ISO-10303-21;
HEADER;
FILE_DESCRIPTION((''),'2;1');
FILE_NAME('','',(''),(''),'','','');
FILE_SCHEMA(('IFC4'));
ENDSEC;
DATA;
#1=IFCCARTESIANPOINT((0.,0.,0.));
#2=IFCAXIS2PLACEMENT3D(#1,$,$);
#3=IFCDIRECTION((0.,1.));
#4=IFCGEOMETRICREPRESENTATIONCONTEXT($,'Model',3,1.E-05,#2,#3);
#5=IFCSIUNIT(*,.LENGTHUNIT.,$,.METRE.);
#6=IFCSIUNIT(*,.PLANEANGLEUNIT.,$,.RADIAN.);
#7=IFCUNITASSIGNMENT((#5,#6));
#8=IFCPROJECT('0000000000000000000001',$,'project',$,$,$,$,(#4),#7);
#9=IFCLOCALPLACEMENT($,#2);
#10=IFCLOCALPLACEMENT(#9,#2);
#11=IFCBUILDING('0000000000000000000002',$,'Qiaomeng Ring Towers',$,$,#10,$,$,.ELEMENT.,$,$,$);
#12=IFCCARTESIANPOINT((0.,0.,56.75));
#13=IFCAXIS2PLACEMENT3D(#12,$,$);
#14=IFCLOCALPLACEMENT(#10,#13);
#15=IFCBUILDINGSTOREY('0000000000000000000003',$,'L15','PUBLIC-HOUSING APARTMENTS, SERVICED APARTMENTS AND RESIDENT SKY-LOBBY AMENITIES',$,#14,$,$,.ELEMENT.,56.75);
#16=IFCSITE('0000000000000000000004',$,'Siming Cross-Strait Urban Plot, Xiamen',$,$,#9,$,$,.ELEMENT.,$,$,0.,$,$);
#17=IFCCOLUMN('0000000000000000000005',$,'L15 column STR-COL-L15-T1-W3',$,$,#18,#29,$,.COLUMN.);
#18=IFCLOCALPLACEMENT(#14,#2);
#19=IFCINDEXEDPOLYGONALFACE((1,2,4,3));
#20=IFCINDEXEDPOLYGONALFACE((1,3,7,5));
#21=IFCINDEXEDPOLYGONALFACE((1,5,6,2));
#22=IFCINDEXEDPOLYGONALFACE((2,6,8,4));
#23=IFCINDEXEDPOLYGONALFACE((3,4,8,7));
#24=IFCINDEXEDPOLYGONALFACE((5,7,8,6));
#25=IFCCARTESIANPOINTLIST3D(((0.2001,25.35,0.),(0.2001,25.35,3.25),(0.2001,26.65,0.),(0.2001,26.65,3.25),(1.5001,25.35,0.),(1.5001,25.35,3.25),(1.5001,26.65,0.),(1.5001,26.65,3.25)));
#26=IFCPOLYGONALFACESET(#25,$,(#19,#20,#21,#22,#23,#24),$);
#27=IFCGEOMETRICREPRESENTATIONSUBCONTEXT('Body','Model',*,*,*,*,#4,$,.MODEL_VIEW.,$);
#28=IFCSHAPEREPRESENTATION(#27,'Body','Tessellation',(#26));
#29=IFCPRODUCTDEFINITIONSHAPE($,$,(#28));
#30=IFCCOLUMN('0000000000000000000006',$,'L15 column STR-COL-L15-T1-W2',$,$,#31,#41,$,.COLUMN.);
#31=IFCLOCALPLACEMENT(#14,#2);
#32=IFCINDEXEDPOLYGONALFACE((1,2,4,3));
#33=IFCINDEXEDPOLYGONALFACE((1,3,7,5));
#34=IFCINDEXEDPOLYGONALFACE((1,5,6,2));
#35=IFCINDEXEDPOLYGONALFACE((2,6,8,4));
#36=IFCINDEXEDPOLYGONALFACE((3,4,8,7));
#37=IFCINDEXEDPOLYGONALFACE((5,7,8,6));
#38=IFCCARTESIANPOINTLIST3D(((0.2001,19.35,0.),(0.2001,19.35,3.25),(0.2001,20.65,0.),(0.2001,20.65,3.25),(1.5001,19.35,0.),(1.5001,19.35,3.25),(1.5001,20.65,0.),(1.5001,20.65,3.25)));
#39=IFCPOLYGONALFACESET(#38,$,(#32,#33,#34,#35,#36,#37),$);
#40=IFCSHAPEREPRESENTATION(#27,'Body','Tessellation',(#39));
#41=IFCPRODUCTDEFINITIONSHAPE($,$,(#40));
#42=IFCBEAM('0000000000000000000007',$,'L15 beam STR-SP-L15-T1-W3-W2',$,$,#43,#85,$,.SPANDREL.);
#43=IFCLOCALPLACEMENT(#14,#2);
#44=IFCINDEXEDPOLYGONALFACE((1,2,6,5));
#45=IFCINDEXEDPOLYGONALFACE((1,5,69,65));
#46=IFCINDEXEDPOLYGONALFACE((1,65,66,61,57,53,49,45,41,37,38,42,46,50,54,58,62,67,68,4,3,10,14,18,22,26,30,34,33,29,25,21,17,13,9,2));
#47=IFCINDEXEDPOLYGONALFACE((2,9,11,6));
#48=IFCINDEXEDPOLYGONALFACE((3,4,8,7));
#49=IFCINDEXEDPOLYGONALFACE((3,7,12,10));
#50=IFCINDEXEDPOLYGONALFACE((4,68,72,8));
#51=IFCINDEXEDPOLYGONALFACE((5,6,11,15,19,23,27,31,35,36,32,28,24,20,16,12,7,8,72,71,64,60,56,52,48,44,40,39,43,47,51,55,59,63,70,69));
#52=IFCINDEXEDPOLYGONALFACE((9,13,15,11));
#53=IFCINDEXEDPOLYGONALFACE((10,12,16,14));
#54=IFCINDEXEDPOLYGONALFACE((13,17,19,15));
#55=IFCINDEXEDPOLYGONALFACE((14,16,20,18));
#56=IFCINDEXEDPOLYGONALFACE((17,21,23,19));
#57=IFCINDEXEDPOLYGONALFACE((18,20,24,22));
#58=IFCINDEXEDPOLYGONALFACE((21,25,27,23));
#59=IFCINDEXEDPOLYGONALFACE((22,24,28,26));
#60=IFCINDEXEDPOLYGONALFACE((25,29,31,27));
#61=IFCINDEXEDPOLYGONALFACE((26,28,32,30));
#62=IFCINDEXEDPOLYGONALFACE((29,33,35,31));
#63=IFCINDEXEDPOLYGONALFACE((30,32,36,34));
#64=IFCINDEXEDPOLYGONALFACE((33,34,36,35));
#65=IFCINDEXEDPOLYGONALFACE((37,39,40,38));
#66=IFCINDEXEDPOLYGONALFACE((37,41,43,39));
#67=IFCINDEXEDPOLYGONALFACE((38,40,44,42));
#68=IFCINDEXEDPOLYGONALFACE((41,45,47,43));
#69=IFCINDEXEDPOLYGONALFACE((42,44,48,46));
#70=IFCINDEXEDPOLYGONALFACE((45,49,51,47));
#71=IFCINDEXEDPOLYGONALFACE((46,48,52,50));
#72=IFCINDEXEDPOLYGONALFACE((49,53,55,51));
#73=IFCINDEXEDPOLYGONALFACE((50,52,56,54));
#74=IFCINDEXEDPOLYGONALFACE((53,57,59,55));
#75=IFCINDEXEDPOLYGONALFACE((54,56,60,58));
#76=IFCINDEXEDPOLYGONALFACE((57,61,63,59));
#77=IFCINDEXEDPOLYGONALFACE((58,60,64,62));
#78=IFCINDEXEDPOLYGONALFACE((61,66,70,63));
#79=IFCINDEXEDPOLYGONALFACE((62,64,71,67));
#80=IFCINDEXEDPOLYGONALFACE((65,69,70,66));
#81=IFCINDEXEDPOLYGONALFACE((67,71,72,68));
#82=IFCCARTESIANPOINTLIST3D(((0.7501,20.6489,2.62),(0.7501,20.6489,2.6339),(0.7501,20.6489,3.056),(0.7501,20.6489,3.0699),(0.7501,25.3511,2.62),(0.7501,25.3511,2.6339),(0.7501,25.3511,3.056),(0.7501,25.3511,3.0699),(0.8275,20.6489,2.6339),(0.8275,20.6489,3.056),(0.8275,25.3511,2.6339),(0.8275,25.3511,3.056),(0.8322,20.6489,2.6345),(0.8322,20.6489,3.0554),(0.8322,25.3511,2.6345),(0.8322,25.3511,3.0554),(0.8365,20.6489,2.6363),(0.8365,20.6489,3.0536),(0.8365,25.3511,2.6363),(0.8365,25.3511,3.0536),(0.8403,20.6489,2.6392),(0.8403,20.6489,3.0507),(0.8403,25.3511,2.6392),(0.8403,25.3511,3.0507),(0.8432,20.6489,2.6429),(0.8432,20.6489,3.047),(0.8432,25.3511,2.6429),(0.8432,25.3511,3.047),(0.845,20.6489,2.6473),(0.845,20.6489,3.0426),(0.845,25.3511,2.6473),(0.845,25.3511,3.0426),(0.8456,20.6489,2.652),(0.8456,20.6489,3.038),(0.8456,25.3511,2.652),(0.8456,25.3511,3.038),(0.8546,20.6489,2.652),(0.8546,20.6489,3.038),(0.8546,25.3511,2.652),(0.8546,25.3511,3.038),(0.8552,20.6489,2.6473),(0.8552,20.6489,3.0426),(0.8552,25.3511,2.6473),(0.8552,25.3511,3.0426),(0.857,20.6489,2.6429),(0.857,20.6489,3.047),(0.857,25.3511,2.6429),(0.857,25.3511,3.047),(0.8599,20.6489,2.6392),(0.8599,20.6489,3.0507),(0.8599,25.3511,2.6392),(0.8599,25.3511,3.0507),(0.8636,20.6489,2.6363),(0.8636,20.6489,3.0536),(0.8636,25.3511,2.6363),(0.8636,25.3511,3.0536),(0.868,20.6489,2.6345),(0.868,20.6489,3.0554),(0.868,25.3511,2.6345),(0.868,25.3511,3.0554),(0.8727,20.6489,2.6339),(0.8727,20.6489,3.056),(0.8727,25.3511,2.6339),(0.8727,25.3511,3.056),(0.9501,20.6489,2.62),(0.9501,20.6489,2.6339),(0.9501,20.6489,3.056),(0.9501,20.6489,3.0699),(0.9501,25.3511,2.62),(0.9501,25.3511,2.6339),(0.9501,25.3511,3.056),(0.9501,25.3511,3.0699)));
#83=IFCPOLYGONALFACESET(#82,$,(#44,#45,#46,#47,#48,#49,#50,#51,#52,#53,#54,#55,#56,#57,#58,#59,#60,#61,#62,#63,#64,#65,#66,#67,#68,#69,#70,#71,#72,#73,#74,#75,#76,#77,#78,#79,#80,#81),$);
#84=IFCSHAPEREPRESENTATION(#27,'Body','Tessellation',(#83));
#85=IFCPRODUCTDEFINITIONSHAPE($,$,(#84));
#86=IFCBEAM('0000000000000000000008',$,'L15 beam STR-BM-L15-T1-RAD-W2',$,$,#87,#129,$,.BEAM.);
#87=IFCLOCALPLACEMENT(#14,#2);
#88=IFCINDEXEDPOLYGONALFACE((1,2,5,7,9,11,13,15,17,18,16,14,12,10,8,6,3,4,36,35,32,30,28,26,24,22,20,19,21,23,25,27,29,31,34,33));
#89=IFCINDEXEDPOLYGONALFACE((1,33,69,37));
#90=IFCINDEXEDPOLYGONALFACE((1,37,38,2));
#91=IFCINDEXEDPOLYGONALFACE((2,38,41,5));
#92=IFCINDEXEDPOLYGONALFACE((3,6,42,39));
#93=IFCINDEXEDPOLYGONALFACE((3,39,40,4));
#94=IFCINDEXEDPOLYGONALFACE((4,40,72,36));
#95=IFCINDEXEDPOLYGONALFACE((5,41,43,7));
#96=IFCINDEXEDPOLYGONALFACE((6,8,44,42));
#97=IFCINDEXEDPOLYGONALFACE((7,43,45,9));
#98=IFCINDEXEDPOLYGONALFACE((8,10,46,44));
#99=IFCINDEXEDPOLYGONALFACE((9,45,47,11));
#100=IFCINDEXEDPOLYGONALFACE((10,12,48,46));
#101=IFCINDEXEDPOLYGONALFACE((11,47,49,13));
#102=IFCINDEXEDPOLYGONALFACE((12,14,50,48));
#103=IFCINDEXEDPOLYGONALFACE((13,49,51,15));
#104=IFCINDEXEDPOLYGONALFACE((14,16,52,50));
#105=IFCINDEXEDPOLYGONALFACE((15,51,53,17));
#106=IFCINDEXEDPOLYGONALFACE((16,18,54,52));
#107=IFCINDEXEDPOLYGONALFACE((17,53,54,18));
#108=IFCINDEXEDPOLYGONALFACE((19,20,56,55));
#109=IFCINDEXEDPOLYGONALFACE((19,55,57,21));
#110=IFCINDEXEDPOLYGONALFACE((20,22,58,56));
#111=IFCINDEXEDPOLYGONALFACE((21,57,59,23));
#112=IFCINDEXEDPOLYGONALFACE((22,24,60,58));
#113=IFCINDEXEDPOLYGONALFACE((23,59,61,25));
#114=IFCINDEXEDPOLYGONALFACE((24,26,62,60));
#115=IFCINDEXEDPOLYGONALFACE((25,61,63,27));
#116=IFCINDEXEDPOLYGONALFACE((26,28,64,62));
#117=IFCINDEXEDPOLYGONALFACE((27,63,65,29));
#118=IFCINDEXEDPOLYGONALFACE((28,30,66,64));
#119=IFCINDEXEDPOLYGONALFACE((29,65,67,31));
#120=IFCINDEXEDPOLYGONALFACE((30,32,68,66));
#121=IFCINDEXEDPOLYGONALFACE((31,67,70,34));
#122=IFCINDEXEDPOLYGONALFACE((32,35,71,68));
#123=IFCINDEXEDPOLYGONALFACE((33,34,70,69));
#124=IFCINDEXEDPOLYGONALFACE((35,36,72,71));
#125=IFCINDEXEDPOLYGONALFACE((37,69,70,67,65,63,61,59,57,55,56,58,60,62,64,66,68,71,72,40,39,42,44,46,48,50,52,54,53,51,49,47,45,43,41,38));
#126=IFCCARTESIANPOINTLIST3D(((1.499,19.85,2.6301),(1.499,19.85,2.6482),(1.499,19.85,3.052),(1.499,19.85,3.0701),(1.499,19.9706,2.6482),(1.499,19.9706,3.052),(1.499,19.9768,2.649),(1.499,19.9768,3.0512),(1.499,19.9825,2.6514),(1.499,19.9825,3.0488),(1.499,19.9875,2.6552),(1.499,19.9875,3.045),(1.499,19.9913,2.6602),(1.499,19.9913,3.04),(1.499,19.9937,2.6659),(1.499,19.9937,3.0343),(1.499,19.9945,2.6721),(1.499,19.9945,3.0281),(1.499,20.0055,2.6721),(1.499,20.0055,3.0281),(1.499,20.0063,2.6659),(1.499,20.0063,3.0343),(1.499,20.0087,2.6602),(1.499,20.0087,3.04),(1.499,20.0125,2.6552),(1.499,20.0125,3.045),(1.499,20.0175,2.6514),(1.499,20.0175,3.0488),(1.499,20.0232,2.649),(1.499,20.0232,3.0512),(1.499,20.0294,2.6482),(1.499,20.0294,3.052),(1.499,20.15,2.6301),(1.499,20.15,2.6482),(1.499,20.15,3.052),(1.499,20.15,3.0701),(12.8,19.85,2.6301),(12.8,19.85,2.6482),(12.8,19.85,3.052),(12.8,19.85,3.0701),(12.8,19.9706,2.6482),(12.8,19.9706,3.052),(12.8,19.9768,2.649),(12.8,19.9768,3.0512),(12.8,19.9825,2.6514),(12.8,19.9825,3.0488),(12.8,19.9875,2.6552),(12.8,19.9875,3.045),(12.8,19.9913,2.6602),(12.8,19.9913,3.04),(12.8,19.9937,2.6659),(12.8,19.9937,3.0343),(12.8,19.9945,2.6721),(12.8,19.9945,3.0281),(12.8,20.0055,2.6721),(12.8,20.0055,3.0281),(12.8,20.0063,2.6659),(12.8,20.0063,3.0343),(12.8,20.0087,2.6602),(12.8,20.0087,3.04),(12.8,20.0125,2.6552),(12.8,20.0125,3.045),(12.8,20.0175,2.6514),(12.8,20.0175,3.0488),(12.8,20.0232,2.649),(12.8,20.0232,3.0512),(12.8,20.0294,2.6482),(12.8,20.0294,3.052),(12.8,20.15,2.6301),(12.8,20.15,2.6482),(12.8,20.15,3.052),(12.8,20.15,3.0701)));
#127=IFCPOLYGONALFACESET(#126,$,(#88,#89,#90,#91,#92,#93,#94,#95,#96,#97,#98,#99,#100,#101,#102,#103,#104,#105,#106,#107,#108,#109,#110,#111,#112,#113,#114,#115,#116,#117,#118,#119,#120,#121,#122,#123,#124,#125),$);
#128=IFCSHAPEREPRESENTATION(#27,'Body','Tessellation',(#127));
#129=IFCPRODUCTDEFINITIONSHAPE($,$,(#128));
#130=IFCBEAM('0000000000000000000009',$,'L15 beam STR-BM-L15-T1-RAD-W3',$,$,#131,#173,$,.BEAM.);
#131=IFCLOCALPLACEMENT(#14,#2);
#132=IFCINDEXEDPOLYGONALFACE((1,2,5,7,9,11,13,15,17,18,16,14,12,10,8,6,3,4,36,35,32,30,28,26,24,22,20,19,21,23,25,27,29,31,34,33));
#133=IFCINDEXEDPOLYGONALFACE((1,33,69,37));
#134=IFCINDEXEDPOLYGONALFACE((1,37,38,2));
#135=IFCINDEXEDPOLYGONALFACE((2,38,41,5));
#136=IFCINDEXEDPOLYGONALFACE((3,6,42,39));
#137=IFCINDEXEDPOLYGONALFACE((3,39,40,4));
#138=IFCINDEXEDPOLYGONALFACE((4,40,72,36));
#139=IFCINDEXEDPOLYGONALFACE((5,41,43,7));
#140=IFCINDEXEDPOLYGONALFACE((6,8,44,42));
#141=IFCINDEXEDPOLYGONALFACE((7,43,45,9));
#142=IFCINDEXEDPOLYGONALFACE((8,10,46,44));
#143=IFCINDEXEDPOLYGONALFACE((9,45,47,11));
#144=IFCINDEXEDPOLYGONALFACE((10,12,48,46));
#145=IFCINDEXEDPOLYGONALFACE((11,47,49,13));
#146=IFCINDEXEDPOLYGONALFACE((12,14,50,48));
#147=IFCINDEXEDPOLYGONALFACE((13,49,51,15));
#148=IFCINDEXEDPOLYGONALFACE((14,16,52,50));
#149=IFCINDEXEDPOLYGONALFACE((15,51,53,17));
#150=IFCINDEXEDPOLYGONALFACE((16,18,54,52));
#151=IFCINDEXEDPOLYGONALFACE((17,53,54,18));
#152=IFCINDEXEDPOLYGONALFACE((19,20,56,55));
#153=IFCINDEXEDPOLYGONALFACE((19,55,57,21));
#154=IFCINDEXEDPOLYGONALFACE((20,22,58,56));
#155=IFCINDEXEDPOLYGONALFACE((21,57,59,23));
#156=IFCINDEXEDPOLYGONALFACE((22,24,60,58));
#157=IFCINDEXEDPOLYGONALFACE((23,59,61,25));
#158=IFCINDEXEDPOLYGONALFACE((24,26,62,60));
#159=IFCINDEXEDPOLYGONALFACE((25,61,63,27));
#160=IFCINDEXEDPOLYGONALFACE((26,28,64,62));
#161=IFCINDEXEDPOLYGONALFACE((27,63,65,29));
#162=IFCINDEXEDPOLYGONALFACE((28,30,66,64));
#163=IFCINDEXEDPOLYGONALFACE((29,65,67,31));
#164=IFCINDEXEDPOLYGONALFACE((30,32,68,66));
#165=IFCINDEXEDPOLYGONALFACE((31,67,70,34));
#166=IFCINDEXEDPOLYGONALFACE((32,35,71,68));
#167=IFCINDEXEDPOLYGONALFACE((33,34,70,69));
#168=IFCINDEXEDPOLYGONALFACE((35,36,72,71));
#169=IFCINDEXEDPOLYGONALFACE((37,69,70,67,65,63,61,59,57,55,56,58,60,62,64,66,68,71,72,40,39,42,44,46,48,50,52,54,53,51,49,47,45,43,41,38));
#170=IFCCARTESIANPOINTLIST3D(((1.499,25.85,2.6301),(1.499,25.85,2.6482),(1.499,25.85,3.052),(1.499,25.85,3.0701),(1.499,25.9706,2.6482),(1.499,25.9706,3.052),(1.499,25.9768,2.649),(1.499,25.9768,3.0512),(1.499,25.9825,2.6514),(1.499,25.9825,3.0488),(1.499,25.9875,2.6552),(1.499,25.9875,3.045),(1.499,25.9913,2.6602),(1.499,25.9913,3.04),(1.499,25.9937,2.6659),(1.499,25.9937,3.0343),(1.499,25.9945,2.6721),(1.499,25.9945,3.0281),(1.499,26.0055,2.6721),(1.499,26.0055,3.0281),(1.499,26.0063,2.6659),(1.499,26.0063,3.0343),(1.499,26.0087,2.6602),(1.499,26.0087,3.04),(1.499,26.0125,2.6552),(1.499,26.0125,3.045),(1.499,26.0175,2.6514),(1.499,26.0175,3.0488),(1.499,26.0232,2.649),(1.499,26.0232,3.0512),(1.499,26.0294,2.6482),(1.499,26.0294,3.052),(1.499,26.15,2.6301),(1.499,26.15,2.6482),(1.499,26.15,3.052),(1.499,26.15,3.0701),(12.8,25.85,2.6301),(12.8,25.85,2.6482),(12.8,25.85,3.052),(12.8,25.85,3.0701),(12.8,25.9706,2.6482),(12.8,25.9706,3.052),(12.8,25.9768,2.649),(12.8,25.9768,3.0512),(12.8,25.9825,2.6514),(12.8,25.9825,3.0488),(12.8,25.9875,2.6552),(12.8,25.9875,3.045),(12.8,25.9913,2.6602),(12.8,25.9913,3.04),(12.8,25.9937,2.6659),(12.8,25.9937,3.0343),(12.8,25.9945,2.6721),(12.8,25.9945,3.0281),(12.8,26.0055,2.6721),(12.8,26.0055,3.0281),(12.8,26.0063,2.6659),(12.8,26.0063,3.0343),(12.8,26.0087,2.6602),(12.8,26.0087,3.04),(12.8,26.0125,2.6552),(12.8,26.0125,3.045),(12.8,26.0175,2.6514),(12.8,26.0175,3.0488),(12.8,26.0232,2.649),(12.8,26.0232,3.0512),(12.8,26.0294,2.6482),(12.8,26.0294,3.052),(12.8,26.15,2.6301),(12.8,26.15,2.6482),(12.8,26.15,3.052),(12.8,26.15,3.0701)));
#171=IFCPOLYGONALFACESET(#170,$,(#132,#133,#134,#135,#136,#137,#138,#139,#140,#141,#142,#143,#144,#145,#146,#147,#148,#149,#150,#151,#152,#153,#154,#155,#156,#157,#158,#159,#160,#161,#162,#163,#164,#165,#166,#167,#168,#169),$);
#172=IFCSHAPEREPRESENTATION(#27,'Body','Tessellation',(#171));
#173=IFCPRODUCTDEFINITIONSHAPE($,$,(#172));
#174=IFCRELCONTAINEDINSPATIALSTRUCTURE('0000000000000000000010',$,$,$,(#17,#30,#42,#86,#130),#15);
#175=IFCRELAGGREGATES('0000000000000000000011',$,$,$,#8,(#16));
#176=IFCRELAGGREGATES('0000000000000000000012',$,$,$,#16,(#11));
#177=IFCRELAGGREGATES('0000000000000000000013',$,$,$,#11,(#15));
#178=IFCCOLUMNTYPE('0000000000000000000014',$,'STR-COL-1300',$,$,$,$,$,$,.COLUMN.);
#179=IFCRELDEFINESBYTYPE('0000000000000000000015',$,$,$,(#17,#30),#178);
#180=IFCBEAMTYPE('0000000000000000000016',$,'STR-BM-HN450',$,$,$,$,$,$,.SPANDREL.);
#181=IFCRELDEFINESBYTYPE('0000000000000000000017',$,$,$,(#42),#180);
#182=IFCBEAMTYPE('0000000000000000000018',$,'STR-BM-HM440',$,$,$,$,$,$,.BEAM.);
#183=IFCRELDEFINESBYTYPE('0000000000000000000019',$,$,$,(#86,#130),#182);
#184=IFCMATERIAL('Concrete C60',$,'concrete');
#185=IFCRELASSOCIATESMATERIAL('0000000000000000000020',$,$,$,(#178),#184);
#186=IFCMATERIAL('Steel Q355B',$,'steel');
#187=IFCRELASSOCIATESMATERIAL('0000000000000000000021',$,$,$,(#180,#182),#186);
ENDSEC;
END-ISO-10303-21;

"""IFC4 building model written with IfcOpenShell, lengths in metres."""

from ifc_helpers import new_model, si_unit, direction, frame, origin, origin_2d, place, context, subcontext, project, spatial, rectangle, i_section, extrude, source, transform, mapped, material, material_profile, profile_set, type_object, element, save


model = new_model("IFC4")

# Units and contexts
model_context = context("Model", 3, precision=1e-05, world=origin(), true_north=direction((0.0, 1.0)))
body_context = subcontext(model_context, "Body", "Model", "MODEL_VIEW")
ifc_project = project(units=[si_unit("LENGTHUNIT", "METRE"), si_unit("PLANEANGLEUNIT", "RADIAN")], contexts=[model_context])

# Site, building, storey
site_placement = place(None, origin())
site = spatial("IfcSite", under=ifc_project, at=site_placement, Name="Siming Cross-Strait Urban Plot, Xiamen", CompositionType="ELEMENT", RefElevation=0.0)
building_placement = place(site_placement, origin())
building = spatial("IfcBuilding", under=site, at=building_placement, Name="Qiaomeng Ring Towers", CompositionType="ELEMENT")
storey_placement = place(building_placement, frame((0.0, 0.0, 56.75)))
storey = spatial("IfcBuildingStorey", under=building, at=storey_placement, Name="L15", Description="PUBLIC-HOUSING APARTMENTS, SERVICED APARTMENTS AND RESIDENT SKY-LOBBY AMENITIES", CompositionType="ELEMENT", Elevation=56.75)

# Columns
ifc_material_1 = material(Name="Concrete C60", Category="concrete")
ifc_material_profile_1 = material_profile(ifc_material_1, rectangle(XDim=1.3, YDim=1.3, at=origin_2d()), Name="RC COL 1300x1300")
ifc_profile_set_1 = profile_set([ifc_material_profile_1], Name="Concrete C60")
column_type = type_object("IfcColumnType", Name="STR-COL-1300", PredefinedType="COLUMN", material=ifc_profile_set_1)
shared_shape_1 = source(origin(), body_context, "Body", "SweptSolid", [
    extrude(rectangle(XDim=1.3, YDim=1.3, at=origin_2d()), origin(), (0.0, 0.0, 1.0), 3.25),
])
for number, where, z_axis, x_axis, name in (
    (1, (0.8501, 26.0, 0.0), (0.0, 0.0, 1.0), (1.0, 0.0, 0.0), "L15 column STR-COL-L15-T1-W3"),
    (2, (0.8501, 20.0, 0.0), (0.0, 0.0, 1.0), (1.0, 0.0, 0.0), "L15 column STR-COL-L15-T1-W2"),
):
    element("IfcColumn", number, at=place(storey_placement, frame(where, z_axis=z_axis, x_axis=x_axis)), inside=storey, type_object=column_type, Name=name, PredefinedType="COLUMN", context=body_context, shape_type="MappedRepresentation", body=[
        mapped(shared_shape_1, transform((0.0, 0.0, 0.0), x_axis=(1.0, 0.0, 0.0), y_axis=(0.0, 1.0, 0.0), z_axis=(0.0, 0.0, 1.0), scale=1.0)),
    ])

# Beams
ifc_material_2 = material(Name="Steel Q355B", Category="steel")
ifc_material_profile_2 = material_profile(ifc_material_2, i_section(OverallWidth=0.2, OverallDepth=0.45, WebThickness=0.009, FlangeThickness=0.0139, FilletRadius=0.0181, at=origin_2d()), Name="HN 450x200x9x14")
ifc_profile_set_2 = profile_set([ifc_material_profile_2], Name="Steel Q355B")
beam_type_1 = type_object("IfcBeamType", Name="STR-BM-HN450", PredefinedType="SPANDREL", material=ifc_profile_set_2)
shared_shape_2 = source(origin(), body_context, "Body", "SweptSolid", [
    extrude(i_section(OverallWidth=0.2, OverallDepth=0.45, WebThickness=0.009, FlangeThickness=0.0139, FilletRadius=0.0181, at=origin_2d()), origin(), (0.0, 0.0, 1.0), 4.7021),
])
beam_1_placement = place(storey_placement, frame((0.8501, 25.3511, 2.845), z_axis=(0.0, -1.0, 0.0), x_axis=(1.0, 0.0, 0.0)))
element("IfcBeam", 3, at=beam_1_placement, inside=storey, type_object=beam_type_1, Name="L15 beam STR-SP-L15-T1-W3-W2", PredefinedType="SPANDREL", context=body_context, shape_type="MappedRepresentation", body=[
    mapped(shared_shape_2, transform((0.0, 0.0, 0.0), x_axis=(1.0, 0.0, 0.0), y_axis=(0.0, 1.0, 0.0), z_axis=(0.0, 0.0, 1.0), scale=1.0)),
])
ifc_material_profile_3 = material_profile(ifc_material_2, i_section(OverallWidth=0.3, OverallDepth=0.4399, WebThickness=0.011, FlangeThickness=0.0181, FilletRadius=0.0239, at=origin_2d()), Name="HM 440x300x11x18")
ifc_profile_set_3 = profile_set([ifc_material_profile_3], Name="Steel Q355B")
beam_type_2 = type_object("IfcBeamType", Name="STR-BM-HM440", PredefinedType="BEAM", material=ifc_profile_set_3)
shared_shape_3 = source(origin(), body_context, "Body", "SweptSolid", [
    extrude(i_section(OverallWidth=0.3, OverallDepth=0.4399, WebThickness=0.011, FlangeThickness=0.0181, FilletRadius=0.0239, at=origin_2d()), origin(), (0.0, 0.0, 1.0), 11.301),
])
for number, where, z_axis, x_axis, name in (
    (4, (1.499, 20.0, 2.8501), (1.0, 0.0, 0.0), (0.0, 1.0, 0.0), "L15 beam STR-BM-L15-T1-RAD-W2"),
    (5, (1.499, 26.0, 2.8501), (1.0, 0.0, 0.0), (0.0, 1.0, 0.0), "L15 beam STR-BM-L15-T1-RAD-W3"),
):
    element("IfcBeam", number, at=place(storey_placement, frame(where, z_axis=z_axis, x_axis=x_axis)), inside=storey, type_object=beam_type_2, Name=name, PredefinedType="BEAM", context=body_context, shape_type="MappedRepresentation", body=[
        mapped(shared_shape_3, transform((0.0, 0.0, 0.0), x_axis=(1.0, 0.0, 0.0), y_axis=(0.0, 1.0, 0.0), z_axis=(0.0, 0.0, 1.0), scale=1.0)),
    ])

save(model, "model.ifc")
